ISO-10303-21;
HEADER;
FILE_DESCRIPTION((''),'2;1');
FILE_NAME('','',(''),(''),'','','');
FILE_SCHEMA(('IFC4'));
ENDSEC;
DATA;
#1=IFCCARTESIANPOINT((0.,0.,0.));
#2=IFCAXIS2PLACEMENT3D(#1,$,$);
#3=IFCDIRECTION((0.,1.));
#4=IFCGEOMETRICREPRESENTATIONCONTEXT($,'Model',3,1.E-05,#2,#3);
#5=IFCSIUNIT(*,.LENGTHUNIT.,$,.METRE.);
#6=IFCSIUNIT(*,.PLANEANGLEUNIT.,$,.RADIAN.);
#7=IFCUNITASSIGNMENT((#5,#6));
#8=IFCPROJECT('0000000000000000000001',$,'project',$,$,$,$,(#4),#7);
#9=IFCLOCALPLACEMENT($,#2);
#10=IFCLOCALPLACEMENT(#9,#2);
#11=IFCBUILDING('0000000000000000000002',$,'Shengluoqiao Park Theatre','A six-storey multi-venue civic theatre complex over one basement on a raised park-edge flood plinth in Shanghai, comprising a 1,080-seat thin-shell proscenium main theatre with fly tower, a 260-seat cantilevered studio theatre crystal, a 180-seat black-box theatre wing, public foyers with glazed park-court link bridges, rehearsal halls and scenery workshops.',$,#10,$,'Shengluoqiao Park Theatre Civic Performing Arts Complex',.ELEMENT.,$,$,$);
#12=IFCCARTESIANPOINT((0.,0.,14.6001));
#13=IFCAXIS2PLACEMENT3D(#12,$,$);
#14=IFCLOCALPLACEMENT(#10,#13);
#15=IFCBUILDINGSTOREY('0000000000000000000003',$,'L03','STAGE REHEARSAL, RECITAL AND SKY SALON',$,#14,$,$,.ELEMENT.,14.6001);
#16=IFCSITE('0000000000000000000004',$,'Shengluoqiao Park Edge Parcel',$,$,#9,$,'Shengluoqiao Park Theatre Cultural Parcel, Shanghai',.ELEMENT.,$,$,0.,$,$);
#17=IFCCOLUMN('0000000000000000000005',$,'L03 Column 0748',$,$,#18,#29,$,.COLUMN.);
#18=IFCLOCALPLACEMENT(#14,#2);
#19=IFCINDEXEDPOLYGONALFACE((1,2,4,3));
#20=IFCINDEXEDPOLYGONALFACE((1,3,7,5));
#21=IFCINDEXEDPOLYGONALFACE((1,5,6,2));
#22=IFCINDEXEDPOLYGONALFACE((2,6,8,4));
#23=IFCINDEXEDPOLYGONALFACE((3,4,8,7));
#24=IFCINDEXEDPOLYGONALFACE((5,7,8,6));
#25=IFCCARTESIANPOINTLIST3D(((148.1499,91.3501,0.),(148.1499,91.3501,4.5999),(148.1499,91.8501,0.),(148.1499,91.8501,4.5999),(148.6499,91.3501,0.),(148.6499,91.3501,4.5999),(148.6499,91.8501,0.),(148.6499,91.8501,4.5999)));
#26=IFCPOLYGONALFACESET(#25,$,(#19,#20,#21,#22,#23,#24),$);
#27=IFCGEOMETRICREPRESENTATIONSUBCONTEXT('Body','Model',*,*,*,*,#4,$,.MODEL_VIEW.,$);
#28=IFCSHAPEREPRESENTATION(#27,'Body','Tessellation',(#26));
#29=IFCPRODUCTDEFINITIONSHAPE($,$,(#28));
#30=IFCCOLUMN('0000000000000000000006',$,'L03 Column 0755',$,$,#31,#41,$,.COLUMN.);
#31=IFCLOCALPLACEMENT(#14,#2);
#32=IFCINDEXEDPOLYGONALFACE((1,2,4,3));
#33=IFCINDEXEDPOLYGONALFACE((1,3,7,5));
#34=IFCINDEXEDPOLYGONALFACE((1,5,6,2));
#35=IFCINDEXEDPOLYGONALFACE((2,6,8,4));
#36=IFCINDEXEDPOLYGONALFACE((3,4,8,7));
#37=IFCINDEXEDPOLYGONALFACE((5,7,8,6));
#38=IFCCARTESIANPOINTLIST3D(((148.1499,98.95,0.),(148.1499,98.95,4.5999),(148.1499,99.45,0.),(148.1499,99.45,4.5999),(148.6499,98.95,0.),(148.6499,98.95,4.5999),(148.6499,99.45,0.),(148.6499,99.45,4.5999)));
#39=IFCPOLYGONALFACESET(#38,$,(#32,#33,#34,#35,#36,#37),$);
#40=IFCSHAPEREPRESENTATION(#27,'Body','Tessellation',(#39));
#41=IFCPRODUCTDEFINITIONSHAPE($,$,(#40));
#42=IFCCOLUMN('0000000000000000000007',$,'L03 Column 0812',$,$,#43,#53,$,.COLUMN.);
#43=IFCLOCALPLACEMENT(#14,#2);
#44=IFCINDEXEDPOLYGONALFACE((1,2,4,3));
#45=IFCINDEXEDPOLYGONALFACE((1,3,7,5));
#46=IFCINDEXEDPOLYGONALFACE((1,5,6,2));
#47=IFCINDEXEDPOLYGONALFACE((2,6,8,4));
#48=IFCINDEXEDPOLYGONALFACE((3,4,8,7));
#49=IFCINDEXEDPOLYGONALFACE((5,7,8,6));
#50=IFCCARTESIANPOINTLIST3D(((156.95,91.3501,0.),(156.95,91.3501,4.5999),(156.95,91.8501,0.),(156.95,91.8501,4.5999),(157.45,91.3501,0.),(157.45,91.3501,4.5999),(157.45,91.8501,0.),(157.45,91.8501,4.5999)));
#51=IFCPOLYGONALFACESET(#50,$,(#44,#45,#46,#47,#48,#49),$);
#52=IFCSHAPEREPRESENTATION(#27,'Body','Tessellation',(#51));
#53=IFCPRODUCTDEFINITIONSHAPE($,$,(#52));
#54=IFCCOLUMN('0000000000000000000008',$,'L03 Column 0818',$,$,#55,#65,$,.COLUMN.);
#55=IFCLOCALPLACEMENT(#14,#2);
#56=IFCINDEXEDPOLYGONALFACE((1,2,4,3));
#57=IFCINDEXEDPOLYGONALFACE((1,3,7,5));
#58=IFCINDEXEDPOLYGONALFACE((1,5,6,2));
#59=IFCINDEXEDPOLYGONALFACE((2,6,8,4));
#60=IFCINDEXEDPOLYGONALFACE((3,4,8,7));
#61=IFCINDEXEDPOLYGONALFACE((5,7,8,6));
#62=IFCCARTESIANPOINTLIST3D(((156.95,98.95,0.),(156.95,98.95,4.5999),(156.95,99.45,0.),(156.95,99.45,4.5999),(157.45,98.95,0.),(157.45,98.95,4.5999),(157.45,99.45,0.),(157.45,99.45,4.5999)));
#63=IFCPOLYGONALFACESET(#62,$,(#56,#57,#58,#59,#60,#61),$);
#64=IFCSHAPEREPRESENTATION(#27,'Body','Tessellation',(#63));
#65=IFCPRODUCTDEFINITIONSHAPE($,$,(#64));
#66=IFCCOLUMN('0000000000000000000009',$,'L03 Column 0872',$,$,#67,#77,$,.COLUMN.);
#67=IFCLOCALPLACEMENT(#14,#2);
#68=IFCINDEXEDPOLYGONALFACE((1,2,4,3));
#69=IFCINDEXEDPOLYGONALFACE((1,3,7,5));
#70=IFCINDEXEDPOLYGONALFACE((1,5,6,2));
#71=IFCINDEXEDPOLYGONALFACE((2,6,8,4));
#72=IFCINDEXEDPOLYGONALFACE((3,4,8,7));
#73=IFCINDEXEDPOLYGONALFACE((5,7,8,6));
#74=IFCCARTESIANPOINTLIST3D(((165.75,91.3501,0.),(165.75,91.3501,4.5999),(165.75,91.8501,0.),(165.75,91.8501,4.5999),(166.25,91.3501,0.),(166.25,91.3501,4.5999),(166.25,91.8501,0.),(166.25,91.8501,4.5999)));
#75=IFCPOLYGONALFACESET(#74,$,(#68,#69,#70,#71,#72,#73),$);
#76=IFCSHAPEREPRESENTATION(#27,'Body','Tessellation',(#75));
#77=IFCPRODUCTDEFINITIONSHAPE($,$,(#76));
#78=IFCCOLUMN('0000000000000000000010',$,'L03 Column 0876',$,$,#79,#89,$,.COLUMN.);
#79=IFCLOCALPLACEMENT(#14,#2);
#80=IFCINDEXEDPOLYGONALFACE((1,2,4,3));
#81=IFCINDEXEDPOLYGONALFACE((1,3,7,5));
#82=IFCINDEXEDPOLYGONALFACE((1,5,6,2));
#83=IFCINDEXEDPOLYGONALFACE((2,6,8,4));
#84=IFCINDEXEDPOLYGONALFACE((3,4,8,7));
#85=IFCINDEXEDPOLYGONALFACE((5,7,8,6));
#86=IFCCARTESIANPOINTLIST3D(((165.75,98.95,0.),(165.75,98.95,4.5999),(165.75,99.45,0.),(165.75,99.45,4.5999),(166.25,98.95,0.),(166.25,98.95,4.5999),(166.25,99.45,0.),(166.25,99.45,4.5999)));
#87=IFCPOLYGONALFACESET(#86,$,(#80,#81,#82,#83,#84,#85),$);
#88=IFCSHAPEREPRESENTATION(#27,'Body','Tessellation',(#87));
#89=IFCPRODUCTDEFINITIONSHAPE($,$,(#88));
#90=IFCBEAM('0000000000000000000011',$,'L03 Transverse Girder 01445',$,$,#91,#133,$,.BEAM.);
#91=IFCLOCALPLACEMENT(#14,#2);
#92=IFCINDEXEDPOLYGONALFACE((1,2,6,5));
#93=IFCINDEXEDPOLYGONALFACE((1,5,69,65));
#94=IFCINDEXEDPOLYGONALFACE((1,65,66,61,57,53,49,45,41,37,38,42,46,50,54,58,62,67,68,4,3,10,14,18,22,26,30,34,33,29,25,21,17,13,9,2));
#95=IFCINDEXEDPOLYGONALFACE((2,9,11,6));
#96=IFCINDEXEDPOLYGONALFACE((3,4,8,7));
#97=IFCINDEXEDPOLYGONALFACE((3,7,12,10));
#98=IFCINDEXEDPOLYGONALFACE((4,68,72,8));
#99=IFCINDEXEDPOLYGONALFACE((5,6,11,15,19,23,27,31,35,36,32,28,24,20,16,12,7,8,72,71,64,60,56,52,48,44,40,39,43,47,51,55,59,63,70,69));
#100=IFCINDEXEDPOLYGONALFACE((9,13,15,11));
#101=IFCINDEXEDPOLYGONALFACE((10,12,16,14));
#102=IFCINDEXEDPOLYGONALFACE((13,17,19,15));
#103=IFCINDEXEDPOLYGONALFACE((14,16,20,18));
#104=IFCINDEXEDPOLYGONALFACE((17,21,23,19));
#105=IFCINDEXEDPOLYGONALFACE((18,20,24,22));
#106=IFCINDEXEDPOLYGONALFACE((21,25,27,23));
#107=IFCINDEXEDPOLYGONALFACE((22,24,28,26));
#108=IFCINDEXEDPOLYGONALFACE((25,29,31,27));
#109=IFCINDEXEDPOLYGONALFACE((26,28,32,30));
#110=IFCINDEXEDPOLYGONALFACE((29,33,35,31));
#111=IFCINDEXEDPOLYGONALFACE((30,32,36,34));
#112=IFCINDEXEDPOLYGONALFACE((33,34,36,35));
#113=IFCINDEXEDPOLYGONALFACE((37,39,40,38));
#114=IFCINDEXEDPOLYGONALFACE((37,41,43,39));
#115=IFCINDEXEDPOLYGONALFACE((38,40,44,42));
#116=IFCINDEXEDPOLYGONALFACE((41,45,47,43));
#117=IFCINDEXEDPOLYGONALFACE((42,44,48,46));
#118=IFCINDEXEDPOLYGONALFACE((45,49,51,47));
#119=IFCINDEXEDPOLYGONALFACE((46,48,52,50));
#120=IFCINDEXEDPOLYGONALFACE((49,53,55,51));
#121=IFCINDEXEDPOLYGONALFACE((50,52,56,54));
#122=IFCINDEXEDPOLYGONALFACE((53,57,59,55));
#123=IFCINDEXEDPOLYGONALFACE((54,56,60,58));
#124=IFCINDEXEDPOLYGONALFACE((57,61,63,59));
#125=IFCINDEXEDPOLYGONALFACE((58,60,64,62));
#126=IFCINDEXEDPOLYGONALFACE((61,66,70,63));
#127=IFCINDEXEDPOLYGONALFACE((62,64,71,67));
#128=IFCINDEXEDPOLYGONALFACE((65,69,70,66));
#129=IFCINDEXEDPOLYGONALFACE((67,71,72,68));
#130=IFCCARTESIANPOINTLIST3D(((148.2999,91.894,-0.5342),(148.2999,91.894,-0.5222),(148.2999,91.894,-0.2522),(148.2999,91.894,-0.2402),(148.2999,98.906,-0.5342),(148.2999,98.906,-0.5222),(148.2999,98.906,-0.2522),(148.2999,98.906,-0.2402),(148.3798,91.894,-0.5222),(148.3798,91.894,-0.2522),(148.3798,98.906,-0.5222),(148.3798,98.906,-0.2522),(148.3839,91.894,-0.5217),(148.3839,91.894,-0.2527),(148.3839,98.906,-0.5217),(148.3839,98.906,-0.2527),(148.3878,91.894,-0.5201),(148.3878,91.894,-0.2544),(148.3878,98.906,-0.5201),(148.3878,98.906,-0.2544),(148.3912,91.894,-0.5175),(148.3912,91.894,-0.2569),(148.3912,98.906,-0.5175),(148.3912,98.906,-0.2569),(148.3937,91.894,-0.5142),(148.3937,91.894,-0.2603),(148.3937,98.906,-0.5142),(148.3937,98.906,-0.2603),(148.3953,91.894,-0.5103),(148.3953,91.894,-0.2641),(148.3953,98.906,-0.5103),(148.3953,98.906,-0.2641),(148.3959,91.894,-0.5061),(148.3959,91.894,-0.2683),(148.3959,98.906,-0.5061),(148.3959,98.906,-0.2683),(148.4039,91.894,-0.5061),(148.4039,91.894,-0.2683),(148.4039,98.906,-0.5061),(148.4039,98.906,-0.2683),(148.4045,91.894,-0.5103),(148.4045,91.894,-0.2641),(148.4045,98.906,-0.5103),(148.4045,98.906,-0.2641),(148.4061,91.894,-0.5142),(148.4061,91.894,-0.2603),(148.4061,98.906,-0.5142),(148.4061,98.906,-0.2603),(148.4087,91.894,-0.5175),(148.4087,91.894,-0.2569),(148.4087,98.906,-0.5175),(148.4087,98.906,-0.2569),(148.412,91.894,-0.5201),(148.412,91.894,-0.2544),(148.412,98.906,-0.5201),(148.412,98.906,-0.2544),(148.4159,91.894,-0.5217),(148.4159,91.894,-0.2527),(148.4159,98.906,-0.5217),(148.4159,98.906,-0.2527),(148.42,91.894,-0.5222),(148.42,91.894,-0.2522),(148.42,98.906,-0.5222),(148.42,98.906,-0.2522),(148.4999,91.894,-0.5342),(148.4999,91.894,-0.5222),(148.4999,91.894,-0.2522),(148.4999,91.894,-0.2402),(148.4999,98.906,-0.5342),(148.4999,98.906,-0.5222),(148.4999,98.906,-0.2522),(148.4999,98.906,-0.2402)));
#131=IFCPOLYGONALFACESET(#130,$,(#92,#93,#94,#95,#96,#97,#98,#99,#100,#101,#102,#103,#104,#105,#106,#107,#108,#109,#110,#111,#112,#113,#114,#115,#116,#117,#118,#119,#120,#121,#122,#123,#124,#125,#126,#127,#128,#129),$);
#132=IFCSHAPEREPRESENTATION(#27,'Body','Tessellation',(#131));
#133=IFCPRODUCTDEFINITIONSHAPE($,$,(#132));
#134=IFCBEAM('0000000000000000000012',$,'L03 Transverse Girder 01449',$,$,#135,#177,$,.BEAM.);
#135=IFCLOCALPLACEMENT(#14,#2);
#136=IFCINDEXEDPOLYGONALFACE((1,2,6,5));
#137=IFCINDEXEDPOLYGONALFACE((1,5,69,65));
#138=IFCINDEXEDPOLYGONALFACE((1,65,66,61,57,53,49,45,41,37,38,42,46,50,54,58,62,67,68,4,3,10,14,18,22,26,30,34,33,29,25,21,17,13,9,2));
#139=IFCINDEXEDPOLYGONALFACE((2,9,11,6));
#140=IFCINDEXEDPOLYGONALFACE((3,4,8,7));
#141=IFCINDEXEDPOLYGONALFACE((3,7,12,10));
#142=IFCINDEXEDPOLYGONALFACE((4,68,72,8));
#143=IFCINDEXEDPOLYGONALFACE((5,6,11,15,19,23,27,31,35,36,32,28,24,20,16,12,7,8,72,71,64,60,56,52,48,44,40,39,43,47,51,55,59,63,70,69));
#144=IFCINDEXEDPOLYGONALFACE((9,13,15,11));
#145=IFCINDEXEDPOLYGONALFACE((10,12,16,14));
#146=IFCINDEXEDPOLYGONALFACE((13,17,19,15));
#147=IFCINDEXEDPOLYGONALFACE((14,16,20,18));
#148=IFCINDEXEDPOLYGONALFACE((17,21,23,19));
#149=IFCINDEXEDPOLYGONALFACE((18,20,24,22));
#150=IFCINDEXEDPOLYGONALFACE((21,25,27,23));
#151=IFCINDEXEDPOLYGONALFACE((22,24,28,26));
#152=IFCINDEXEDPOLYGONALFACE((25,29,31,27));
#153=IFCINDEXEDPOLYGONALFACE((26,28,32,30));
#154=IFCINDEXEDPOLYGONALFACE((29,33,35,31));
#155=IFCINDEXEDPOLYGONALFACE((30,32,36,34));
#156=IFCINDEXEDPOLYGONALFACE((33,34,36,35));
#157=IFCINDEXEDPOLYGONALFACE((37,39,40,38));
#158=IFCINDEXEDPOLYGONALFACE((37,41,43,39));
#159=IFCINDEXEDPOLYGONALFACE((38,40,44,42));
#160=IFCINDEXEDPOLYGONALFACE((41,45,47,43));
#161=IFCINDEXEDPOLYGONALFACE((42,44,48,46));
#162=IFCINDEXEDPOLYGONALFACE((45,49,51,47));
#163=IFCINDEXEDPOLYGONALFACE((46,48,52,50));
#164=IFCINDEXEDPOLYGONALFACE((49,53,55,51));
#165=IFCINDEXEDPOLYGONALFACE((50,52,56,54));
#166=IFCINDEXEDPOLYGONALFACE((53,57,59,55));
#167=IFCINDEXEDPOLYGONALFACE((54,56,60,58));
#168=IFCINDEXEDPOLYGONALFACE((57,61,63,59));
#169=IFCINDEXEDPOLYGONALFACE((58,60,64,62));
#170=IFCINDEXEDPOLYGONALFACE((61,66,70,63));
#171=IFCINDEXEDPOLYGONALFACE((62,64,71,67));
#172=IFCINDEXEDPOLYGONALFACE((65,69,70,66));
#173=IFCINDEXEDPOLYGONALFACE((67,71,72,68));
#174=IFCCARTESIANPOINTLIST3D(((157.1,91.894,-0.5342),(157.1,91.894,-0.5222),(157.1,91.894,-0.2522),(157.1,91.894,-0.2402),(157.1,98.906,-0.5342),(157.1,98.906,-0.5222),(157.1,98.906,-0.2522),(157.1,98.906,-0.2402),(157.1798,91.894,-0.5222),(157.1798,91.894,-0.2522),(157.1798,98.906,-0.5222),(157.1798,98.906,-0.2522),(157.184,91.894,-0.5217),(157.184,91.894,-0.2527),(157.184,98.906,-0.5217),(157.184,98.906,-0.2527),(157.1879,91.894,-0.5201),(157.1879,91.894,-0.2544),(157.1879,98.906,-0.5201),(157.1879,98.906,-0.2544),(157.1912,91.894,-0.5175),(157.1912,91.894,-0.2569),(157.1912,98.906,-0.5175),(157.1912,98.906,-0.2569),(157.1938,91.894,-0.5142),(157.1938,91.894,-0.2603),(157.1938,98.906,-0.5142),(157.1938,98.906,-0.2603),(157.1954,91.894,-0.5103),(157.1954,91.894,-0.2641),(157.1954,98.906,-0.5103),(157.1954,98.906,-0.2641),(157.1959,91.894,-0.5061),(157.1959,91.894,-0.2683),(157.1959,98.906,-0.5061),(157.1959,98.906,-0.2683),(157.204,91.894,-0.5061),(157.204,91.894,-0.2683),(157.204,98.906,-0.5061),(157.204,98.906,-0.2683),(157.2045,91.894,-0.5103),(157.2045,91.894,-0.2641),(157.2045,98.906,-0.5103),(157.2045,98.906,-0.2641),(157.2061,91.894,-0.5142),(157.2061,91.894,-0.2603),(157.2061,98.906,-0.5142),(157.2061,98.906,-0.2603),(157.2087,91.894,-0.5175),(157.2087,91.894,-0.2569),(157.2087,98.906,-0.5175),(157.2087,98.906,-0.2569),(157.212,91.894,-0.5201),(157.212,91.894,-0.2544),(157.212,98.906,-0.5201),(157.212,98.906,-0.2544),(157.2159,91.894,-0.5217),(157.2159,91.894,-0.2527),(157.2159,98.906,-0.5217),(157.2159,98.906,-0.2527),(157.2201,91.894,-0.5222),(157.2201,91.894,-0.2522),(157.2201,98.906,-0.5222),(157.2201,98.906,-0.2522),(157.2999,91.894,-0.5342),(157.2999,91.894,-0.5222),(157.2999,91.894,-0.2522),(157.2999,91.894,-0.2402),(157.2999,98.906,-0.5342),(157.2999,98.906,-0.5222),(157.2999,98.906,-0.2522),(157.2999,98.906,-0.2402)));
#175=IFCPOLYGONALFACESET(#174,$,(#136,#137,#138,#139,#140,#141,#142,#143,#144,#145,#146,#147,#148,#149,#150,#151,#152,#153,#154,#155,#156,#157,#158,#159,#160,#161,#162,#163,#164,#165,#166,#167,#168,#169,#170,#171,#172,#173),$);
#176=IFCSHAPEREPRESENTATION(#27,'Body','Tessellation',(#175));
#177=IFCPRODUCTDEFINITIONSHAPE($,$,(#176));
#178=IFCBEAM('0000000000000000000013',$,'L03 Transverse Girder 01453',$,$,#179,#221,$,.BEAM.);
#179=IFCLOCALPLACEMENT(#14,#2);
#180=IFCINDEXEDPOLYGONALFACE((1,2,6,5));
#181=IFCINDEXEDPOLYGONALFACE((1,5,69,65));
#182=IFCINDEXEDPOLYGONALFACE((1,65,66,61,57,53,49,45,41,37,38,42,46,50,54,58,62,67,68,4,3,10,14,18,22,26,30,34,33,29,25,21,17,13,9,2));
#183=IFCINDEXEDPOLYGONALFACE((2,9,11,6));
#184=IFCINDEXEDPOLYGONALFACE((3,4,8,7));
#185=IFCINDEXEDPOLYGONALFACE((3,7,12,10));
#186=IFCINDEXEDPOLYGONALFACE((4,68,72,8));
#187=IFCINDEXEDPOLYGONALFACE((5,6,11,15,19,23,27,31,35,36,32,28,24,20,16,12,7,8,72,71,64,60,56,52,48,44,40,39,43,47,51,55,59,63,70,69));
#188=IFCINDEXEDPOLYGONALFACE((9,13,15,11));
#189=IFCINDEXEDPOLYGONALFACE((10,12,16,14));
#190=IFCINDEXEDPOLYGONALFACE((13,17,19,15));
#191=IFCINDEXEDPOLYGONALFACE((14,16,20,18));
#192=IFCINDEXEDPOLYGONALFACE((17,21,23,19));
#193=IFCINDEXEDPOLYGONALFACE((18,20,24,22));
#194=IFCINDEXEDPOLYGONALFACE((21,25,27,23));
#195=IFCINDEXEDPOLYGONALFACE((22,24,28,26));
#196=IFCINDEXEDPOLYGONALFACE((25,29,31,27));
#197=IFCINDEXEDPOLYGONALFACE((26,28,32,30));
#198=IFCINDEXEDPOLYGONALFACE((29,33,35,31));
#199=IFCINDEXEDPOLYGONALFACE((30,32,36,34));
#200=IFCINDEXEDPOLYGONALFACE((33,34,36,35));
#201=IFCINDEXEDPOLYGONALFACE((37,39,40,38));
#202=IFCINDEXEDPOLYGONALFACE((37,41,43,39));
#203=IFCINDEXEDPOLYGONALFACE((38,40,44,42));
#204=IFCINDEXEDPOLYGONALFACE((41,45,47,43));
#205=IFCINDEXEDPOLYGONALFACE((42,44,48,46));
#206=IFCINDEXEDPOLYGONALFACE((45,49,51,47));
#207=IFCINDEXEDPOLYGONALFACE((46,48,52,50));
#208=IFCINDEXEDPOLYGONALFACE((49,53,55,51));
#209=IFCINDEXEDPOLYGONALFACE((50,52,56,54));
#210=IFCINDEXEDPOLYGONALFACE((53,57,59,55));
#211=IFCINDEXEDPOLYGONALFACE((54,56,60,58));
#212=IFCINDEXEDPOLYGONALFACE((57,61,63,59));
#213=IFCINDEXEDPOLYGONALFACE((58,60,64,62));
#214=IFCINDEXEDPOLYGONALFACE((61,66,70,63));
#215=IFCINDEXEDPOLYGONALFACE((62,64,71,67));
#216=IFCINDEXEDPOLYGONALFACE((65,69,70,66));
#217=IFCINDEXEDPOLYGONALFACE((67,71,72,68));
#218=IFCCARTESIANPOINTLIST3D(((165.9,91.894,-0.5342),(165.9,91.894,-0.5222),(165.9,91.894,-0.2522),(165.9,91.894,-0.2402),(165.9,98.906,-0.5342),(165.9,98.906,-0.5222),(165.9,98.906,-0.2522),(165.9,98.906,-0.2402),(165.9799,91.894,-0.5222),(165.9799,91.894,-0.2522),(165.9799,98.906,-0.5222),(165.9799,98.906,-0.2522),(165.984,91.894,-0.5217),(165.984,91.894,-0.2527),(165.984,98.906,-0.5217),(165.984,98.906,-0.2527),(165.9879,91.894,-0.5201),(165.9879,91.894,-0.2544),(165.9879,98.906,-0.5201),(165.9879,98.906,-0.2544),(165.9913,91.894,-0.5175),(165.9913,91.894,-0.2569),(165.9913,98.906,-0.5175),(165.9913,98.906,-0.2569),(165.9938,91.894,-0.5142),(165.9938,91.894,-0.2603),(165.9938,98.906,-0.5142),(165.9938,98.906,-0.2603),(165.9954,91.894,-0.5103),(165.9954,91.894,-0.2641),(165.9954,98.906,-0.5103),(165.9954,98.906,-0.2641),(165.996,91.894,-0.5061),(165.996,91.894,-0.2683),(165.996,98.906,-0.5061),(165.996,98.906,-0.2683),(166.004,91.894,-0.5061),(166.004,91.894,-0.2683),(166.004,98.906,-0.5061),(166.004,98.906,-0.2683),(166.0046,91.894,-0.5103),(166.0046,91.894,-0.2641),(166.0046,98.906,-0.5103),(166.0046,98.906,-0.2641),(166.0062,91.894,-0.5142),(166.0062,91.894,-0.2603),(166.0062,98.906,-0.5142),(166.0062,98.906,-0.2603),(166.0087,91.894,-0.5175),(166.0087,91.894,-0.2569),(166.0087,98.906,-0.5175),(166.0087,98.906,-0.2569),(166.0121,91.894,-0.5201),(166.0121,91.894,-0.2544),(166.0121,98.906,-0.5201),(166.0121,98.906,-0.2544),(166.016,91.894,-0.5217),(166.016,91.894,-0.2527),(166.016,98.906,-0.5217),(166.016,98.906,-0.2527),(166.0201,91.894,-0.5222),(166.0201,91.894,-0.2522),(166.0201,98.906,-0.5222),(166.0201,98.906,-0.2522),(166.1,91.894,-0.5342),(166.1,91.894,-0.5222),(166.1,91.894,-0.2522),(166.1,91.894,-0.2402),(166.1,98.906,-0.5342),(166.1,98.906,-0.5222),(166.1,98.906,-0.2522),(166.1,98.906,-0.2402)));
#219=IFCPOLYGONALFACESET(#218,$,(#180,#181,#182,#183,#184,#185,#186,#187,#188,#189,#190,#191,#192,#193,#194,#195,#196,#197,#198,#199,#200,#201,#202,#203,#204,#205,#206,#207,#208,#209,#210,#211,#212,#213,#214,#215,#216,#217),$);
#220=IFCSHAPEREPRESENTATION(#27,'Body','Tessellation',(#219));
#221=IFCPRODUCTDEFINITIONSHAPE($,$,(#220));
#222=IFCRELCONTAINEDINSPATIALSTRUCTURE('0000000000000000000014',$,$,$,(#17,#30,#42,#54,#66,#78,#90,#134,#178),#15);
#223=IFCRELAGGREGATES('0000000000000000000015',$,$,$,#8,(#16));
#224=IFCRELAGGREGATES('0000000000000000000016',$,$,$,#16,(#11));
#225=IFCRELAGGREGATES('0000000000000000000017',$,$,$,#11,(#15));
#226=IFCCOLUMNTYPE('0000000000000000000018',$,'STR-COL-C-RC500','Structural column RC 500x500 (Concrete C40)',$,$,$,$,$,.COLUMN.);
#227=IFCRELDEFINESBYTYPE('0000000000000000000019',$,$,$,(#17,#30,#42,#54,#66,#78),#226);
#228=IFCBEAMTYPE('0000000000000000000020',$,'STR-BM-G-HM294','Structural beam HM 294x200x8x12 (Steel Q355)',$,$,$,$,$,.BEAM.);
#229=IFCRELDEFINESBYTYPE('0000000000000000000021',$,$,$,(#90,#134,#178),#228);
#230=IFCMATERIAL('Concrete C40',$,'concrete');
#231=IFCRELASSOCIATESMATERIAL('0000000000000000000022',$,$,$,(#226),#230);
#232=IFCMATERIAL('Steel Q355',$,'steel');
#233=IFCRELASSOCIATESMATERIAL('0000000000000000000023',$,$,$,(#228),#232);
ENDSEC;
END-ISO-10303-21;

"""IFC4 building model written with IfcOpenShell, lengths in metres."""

from ifc_helpers import new_model, si_unit, direction, frame, origin, origin_2d, place, context, subcontext, project, spatial, rectangle, i_section, extrude, material, material_profile, profile_set, type_object, element, save


model = new_model("IFC4")

# Units and contexts
model_context = context("Model", 3, precision=1e-05, world=origin(), true_north=direction((0.0, 1.0)))
body_context = subcontext(model_context, "Body", "Model", "MODEL_VIEW")
ifc_project = project(units=[si_unit("LENGTHUNIT", "METRE"), si_unit("PLANEANGLEUNIT", "RADIAN")], contexts=[model_context])

# Site, building, storey
site_placement = place(None, origin())
site = spatial("IfcSite", under=ifc_project, at=site_placement, Name="Shengluoqiao Park Edge Parcel", LongName="Shengluoqiao Park Theatre Cultural Parcel, Shanghai", CompositionType="ELEMENT", RefElevation=0.0)
building_placement = place(site_placement, origin())
building = spatial("IfcBuilding", under=site, at=building_placement, Name="Shengluoqiao Park Theatre", Description="A six-storey multi-venue civic theatre complex over one basement on a raised park-edge flood plinth in Shanghai, comprising a 1,080-seat thin-shell proscenium main theatre with fly tower, a 260-seat cantilevered studio theatre crystal, a 180-seat black-box theatre wing, public foyers with glazed park-court link bridges, rehearsal halls and scenery workshops.", LongName="Shengluoqiao Park Theatre Civic Performing Arts Complex", CompositionType="ELEMENT")
storey_placement = place(building_placement, frame((0.0, 0.0, 14.6001)))
storey = spatial("IfcBuildingStorey", under=building, at=storey_placement, Name="L03", Description="STAGE REHEARSAL, RECITAL AND SKY SALON", CompositionType="ELEMENT", Elevation=14.6001)

# Columns
ifc_material_1 = material(Name="Concrete C40", Category="concrete")
ifc_material_profile_1 = material_profile(ifc_material_1, rectangle(XDim=0.5, YDim=0.5, at=origin_2d()), Name="RC 500x500")
ifc_profile_set_1 = profile_set([ifc_material_profile_1], Name="Concrete C40")
column_type = type_object("IfcColumnType", Name="STR-COL-C-RC500", Description="Structural column RC 500x500 (Concrete C40)", PredefinedType="COLUMN", material=ifc_profile_set_1)
for number, where, z_axis, x_axis, name in (
    (1, (148.3999, 91.6001, 0.0), (0.0, 0.0, 1.0), (1.0, 0.0, 0.0), "L03 Column 0748"),
    (2, (148.3999, 99.2, 0.0), (0.0, 0.0, 1.0), (1.0, 0.0, 0.0), "L03 Column 0755"),
    (3, (157.2, 91.6001, 0.0), (0.0, 0.0, 1.0), (1.0, 0.0, 0.0), "L03 Column 0812"),
    (4, (157.2, 99.2, 0.0), (0.0, 0.0, 1.0), (1.0, 0.0, 0.0), "L03 Column 0818"),
    (5, (166.0, 91.6001, 0.0), (0.0, 0.0, 1.0), (1.0, 0.0, 0.0), "L03 Column 0872"),
    (6, (166.0, 99.2, 0.0), (0.0, 0.0, 1.0), (1.0, 0.0, 0.0), "L03 Column 0876"),
):
    element("IfcColumn", number, at=place(storey_placement, frame(where, z_axis=z_axis, x_axis=x_axis)), inside=storey, type_object=column_type, Name=name, PredefinedType="COLUMN", context=body_context, shape_type="SweptSolid", body=[
        extrude(rectangle(XDim=0.5, YDim=0.5, at=origin_2d()), origin(), (0.0, 0.0, 1.0), 4.5999),
    ])

# Beams
ifc_material_2 = material(Name="Steel Q355", Category="steel")
ifc_material_profile_2 = material_profile(ifc_material_2, i_section(OverallWidth=0.2, OverallDepth=0.2939, WebThickness=0.0081, FlangeThickness=0.012, FilletRadius=0.0161, at=origin_2d()), Name="HM 294x200x8x12")
ifc_profile_set_2 = profile_set([ifc_material_profile_2], Name="Steel Q355")
beam_type_1 = type_object("IfcBeamType", Name="STR-BM-G-HM294", Description="Structural beam HM 294x200x8x12 (Steel Q355)", PredefinedType="BEAM", material=ifc_profile_set_2)
for number, where, z_axis, x_axis, name in (
    (7, (148.3999, 91.894, -0.3872), (0.0, 1.0, 0.0), (-1.0, 0.0, 0.0), "L03 Transverse Girder 01445"),
    (8, (157.2, 91.894, -0.3872), (0.0, 1.0, 0.0), (-1.0, 0.0, 0.0), "L03 Transverse Girder 01449"),
    (9, (166.0, 91.894, -0.3872), (0.0, 1.0, 0.0), (-1.0, 0.0, 0.0), "L03 Transverse Girder 01453"),
):
    element("IfcBeam", number, at=place(storey_placement, frame(where, z_axis=z_axis, x_axis=x_axis)), inside=storey, type_object=beam_type_1, Name=name, PredefinedType="BEAM", context=body_context, shape_type="SweptSolid", body=[
        extrude(i_section(OverallWidth=0.2, OverallDepth=0.2939, WebThickness=0.0081, FlangeThickness=0.012, FilletRadius=0.0161, at=origin_2d()), origin(), (0.0, 0.0, 1.0), 7.012),
    ])

save(model, "model.ifc")
